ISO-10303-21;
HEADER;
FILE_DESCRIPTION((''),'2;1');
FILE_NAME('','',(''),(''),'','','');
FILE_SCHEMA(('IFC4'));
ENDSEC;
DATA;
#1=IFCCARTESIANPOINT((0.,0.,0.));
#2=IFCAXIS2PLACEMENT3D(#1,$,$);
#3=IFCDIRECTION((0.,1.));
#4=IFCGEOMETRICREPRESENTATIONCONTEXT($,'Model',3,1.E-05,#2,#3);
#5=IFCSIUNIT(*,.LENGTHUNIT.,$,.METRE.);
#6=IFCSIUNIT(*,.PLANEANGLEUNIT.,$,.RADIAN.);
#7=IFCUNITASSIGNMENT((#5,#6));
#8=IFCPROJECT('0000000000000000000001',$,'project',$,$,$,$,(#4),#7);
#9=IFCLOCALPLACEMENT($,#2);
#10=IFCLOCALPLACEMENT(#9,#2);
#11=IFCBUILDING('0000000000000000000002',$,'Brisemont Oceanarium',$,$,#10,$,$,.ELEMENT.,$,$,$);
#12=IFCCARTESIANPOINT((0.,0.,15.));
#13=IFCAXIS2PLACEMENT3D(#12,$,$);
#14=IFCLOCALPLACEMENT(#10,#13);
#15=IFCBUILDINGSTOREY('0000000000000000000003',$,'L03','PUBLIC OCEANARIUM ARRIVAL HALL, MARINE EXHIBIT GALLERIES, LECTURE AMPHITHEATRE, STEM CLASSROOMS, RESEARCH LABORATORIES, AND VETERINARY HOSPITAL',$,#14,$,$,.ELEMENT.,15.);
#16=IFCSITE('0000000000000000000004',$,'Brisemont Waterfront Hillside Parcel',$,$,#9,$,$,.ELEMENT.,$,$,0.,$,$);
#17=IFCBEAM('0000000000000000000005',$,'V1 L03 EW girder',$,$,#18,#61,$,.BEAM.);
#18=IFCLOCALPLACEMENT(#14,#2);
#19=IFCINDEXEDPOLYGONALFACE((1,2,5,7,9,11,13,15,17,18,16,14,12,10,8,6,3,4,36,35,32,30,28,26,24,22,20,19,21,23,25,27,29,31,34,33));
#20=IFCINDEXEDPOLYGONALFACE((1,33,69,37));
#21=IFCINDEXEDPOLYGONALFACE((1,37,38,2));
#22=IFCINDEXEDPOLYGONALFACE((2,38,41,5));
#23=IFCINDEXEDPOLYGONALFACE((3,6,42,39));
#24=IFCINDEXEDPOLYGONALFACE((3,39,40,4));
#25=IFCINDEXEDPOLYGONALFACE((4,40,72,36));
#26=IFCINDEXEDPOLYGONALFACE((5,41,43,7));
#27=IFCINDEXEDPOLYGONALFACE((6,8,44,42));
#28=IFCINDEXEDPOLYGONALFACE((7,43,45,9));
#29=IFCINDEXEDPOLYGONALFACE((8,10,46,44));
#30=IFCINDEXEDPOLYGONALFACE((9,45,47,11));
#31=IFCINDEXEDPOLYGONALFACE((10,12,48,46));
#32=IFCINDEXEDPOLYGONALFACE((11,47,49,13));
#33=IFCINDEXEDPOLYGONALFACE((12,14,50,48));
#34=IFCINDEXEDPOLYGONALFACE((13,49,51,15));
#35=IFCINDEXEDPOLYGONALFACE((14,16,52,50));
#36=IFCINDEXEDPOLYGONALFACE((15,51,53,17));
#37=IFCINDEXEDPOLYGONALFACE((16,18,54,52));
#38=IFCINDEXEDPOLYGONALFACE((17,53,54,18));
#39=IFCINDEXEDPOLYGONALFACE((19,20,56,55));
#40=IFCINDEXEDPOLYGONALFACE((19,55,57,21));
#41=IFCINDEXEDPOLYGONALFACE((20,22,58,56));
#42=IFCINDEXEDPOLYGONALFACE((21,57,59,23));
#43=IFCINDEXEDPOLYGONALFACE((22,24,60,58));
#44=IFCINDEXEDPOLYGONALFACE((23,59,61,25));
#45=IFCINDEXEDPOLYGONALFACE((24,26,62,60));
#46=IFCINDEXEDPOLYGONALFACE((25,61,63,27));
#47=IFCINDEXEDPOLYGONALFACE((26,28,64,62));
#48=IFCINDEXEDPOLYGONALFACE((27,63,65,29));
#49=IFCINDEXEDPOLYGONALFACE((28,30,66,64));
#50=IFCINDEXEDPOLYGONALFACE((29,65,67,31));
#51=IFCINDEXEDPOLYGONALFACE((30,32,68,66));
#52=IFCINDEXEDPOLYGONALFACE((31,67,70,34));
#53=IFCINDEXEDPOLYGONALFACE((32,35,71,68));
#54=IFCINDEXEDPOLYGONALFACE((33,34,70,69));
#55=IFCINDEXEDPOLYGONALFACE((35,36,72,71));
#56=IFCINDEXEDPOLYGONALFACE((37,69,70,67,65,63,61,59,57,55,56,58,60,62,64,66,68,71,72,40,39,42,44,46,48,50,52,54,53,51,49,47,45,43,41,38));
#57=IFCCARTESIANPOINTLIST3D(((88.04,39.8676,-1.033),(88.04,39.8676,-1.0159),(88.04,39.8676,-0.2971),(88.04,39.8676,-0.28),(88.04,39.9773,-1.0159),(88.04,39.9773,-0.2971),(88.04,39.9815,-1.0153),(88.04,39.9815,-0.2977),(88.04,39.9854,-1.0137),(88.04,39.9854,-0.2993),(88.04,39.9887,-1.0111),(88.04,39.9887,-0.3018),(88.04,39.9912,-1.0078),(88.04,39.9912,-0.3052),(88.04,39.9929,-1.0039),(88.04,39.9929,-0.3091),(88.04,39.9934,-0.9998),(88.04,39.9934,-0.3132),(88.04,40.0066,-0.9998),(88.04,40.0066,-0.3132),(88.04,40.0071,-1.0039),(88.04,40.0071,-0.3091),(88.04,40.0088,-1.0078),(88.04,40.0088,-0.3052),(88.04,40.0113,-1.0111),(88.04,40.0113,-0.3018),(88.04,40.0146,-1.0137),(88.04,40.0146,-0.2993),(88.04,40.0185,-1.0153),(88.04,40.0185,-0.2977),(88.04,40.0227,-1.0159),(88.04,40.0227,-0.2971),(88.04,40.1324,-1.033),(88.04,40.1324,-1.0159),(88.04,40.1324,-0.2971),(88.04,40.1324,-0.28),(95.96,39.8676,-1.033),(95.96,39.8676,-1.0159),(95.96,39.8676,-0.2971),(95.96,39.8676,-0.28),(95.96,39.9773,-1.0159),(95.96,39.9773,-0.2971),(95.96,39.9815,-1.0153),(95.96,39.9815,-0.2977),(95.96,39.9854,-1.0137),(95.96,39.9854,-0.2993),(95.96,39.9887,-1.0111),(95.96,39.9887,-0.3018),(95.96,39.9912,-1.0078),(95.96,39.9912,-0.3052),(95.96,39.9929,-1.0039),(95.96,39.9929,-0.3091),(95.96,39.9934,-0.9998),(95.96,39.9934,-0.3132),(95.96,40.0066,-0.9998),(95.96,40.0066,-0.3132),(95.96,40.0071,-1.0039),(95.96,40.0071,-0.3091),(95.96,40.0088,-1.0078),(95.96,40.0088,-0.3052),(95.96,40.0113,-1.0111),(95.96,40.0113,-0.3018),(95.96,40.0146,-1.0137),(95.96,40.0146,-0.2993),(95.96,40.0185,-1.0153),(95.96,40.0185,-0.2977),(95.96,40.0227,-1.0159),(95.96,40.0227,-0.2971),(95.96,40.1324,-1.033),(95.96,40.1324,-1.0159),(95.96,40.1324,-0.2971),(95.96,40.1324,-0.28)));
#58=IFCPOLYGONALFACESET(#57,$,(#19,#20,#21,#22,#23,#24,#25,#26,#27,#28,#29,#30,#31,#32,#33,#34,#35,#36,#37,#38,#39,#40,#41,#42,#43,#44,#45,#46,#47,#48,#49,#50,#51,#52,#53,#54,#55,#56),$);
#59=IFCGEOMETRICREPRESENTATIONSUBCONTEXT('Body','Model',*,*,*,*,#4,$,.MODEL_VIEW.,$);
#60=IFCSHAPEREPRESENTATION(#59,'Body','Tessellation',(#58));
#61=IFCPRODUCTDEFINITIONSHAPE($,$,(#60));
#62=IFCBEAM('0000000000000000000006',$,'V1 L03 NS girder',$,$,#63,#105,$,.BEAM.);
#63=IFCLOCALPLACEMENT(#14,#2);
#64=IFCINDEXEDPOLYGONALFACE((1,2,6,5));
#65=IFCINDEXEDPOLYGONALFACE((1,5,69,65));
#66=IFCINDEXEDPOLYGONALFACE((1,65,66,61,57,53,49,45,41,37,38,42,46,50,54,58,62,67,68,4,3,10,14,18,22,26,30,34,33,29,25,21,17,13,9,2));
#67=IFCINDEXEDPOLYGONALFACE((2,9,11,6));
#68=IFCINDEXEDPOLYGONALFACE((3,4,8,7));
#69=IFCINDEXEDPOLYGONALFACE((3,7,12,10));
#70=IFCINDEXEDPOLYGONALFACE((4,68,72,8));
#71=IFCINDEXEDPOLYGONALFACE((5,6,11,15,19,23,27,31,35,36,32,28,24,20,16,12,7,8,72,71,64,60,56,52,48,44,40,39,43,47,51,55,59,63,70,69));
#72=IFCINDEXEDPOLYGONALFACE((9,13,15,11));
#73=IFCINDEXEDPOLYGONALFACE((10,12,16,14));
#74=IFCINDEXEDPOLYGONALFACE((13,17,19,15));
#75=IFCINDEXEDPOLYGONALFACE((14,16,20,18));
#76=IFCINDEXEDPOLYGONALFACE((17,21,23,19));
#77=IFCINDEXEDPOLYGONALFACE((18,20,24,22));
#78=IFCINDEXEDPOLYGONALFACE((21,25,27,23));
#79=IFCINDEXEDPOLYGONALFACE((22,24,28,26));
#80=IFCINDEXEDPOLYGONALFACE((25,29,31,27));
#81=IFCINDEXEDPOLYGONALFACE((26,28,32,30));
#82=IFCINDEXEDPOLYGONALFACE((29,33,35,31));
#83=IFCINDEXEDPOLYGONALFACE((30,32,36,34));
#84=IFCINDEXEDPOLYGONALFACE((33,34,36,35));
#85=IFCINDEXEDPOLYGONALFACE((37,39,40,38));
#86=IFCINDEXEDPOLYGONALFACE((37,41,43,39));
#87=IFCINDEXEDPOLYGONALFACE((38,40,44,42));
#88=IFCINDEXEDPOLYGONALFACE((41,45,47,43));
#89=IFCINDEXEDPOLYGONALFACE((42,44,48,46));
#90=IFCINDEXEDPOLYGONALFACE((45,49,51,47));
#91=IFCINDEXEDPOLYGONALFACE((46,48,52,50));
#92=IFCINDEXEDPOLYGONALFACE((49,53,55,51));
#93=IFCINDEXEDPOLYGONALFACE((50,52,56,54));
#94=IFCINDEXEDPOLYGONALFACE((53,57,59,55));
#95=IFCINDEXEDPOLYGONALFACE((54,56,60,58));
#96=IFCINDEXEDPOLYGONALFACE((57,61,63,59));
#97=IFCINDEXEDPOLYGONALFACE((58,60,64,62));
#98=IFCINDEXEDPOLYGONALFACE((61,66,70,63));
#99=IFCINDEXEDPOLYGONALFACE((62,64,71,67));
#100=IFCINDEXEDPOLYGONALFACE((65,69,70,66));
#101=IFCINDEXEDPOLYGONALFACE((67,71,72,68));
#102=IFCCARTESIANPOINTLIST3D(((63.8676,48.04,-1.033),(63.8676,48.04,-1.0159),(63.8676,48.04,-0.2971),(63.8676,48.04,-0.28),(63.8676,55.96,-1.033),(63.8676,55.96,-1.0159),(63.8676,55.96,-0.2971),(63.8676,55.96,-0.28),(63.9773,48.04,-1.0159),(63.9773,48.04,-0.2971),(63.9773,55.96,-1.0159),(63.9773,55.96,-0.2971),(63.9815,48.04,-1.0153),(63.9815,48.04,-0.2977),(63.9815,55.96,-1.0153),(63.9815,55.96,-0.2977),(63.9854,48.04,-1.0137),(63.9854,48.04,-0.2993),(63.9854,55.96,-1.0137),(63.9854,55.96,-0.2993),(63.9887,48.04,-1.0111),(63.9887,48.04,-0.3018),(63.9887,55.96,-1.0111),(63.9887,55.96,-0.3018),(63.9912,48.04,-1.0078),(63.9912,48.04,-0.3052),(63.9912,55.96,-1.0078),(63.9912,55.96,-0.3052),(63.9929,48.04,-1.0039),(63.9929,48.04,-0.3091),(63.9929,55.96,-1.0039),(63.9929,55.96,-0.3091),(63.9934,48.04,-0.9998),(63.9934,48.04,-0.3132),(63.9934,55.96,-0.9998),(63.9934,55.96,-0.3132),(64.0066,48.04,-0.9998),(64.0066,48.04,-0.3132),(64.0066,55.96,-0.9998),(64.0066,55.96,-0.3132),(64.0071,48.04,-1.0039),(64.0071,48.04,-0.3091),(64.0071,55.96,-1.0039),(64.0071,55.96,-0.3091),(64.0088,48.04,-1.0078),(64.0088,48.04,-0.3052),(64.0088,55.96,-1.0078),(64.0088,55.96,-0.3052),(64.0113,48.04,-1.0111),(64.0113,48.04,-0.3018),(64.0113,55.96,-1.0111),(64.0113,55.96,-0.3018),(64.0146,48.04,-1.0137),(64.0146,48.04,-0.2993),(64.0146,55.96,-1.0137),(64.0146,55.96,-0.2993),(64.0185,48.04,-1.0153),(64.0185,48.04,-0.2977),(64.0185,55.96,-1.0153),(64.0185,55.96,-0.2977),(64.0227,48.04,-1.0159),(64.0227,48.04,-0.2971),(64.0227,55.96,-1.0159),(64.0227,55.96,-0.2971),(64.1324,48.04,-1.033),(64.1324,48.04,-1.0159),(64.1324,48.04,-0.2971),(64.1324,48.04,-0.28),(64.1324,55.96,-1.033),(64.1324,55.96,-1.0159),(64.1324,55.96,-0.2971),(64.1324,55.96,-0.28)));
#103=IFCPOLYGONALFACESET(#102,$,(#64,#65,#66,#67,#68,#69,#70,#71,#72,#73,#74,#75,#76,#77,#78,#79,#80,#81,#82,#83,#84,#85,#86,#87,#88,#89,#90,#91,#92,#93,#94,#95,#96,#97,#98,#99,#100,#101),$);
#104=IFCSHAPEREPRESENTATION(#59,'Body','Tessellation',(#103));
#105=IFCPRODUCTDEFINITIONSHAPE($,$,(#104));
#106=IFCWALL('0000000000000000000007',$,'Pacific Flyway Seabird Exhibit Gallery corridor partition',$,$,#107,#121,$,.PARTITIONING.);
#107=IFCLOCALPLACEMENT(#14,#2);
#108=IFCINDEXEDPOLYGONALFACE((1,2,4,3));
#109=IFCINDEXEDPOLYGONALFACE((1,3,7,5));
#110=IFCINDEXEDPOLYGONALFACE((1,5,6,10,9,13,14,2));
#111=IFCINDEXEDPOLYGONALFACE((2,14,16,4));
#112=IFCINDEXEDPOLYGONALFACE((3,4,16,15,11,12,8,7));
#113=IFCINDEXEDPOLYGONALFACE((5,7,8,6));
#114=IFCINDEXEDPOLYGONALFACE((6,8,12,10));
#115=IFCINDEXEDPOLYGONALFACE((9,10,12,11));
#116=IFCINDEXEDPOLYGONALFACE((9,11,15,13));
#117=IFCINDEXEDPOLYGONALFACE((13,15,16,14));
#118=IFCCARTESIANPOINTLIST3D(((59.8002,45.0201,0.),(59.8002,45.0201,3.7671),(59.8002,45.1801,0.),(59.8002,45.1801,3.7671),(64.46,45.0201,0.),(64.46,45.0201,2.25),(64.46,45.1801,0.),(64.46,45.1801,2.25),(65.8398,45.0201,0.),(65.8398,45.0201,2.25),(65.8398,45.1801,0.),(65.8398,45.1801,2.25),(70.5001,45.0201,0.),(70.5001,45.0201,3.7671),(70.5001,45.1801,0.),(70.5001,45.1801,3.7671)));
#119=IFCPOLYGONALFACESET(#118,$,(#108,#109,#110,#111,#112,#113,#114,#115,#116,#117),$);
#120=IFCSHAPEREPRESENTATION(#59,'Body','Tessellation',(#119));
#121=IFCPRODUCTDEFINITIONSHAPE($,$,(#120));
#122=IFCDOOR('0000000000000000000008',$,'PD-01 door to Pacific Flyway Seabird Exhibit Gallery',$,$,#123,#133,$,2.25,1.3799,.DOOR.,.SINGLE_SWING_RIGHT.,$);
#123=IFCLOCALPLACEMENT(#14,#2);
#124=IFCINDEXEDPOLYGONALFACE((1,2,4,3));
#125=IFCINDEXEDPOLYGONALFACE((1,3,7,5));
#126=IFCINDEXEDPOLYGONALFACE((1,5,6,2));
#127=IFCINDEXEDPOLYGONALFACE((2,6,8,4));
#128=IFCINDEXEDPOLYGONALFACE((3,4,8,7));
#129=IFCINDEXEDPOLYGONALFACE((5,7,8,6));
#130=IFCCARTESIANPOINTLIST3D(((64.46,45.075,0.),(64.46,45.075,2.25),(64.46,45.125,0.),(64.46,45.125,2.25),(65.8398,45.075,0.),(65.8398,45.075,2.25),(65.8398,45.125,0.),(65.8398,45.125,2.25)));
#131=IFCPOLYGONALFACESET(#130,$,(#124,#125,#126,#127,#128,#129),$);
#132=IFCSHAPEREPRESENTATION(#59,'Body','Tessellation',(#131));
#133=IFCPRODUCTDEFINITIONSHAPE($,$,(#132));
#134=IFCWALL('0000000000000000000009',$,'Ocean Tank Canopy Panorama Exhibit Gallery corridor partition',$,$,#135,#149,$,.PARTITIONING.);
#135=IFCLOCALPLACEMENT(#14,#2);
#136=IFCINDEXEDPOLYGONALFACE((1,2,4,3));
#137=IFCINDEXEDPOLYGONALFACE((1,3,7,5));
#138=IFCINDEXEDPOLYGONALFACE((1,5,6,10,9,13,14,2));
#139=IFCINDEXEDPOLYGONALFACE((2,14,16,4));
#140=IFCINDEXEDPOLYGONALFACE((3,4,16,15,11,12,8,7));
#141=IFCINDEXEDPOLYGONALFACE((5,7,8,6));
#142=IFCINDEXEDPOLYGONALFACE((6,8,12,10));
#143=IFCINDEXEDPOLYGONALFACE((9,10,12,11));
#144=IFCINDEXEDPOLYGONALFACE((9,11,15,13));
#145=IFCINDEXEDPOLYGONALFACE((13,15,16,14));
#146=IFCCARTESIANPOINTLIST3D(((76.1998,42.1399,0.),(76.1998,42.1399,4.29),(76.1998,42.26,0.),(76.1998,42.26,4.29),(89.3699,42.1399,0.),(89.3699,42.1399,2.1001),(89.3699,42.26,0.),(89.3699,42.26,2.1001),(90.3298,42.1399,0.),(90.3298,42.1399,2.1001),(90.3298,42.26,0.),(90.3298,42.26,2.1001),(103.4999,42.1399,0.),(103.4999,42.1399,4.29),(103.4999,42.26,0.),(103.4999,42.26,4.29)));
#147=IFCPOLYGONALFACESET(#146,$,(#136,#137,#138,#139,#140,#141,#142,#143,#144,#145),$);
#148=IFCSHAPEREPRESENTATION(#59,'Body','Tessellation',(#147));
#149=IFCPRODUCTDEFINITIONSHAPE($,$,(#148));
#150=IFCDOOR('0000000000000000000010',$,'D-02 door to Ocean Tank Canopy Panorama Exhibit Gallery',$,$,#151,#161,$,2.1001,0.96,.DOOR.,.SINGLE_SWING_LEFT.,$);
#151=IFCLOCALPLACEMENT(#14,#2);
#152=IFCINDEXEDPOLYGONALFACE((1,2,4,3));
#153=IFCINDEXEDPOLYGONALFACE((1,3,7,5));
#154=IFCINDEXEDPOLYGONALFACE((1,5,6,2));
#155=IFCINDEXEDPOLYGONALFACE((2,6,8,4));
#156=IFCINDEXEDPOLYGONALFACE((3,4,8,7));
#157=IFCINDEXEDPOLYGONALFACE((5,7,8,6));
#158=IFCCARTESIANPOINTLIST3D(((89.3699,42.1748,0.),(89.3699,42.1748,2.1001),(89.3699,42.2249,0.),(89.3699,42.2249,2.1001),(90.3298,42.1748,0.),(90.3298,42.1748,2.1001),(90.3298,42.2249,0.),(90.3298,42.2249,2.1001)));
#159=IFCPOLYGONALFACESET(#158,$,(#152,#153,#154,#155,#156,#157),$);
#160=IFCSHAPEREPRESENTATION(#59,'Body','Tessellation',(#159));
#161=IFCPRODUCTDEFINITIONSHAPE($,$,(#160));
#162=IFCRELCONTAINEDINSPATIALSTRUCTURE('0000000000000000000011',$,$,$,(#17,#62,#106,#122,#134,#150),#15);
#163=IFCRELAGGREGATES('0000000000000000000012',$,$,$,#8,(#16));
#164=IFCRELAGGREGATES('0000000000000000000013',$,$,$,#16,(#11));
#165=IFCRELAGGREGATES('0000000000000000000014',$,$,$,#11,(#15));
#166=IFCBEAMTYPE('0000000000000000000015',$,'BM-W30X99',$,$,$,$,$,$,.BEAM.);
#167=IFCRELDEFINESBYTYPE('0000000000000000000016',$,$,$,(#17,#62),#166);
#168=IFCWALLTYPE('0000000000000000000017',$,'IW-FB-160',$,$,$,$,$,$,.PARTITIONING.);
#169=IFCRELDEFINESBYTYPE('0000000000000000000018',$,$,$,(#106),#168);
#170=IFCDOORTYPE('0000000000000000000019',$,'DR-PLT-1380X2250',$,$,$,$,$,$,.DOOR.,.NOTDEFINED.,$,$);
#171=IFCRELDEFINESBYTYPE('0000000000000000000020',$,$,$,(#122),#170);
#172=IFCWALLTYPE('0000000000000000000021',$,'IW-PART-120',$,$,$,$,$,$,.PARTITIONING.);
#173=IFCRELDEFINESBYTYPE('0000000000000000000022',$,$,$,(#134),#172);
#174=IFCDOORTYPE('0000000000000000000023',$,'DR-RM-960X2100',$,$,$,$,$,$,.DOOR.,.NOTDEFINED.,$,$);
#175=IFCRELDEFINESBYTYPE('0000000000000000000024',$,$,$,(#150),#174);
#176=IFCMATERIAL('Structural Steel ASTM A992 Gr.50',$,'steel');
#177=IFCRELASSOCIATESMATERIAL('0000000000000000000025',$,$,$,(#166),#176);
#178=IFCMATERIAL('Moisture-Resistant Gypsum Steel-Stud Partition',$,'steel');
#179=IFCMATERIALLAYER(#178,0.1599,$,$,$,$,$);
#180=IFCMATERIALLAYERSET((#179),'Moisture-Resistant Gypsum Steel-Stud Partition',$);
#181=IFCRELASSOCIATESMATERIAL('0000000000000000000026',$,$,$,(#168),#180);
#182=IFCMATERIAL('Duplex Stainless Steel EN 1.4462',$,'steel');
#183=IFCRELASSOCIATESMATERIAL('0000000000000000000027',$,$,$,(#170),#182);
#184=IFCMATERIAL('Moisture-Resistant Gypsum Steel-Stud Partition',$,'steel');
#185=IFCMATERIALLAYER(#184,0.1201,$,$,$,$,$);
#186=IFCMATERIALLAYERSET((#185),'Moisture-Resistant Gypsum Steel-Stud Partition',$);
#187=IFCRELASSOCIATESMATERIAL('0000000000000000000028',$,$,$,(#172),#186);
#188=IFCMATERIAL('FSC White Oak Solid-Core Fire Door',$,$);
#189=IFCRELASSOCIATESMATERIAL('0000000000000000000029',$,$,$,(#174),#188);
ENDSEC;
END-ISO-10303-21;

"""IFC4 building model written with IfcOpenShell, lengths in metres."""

from ifc_helpers import new_model, si_unit, direction, frame, frame_2d, origin, origin_2d, place, context, subcontext, project, spatial, rectangle, i_section, extrude, material, layer, layer_set, material_profile, profile_set, type_object, element, fill, save


model = new_model("IFC4")

# Units and contexts
model_context = context("Model", 3, precision=1e-05, world=origin(), true_north=direction((0.0, 1.0)))
body_context = subcontext(model_context, "Body", "Model", "MODEL_VIEW")
ifc_project = project(units=[si_unit("LENGTHUNIT", "METRE"), si_unit("PLANEANGLEUNIT", "RADIAN")], contexts=[model_context])

# Site, building, storey
site_placement = place(None, origin())
site = spatial("IfcSite", under=ifc_project, at=site_placement, Name="Brisemont Waterfront Hillside Parcel", CompositionType="ELEMENT", RefElevation=0.0)
building_placement = place(site_placement, origin())
building = spatial("IfcBuilding", under=site, at=building_placement, Name="Brisemont Oceanarium", CompositionType="ELEMENT")
storey_placement = place(building_placement, frame((0.0, 0.0, 15.0)))
storey = spatial("IfcBuildingStorey", under=building, at=storey_placement, Name="L03", Description="PUBLIC OCEANARIUM ARRIVAL HALL, MARINE EXHIBIT GALLERIES, LECTURE AMPHITHEATRE, STEM CLASSROOMS, RESEARCH LABORATORIES, AND VETERINARY HOSPITAL", CompositionType="ELEMENT", Elevation=15.0)

# Beams
ifc_material_1 = material(Name="Structural Steel ASTM A992 Gr.50", Category="steel")
ifc_material_profile_1 = material_profile(ifc_material_1, i_section(OverallWidth=0.2649, OverallDepth=0.7529, WebThickness=0.0132, FlangeThickness=0.0171, FilletRadius=0.0161, at=origin_2d()), Name="W30X99")
ifc_profile_set_1 = profile_set([ifc_material_profile_1], Name="Structural Steel ASTM A992 Gr.50")
beam_type_1 = type_object("IfcBeamType", Name="BM-W30X99", PredefinedType="BEAM", material=ifc_profile_set_1)
for number, where, z_axis, x_axis, name in (
    (1, (88.04, 40.0, -0.6565), (1.0, 0.0, 0.0), (0.0, 1.0, 0.0), "V1 L03 EW girder"),
    (2, (64.0, 48.04, -0.6565), (0.0, 1.0, 0.0), (-1.0, 0.0, 0.0), "V1 L03 NS girder"),
):
    element("IfcBeam", number, at=place(storey_placement, frame(where, z_axis=z_axis, x_axis=x_axis)), inside=storey, type_object=beam_type_1, Name=name, PredefinedType="BEAM", context=body_context, shape_type="SweptSolid", body=[
        extrude(i_section(OverallWidth=0.2649, OverallDepth=0.7529, WebThickness=0.0132, FlangeThickness=0.0171, FilletRadius=0.0161, at=origin_2d()), origin(), (0.0, 0.0, 1.0), 7.9199),
    ])

# Walls, openings, doors
ifc_material_2 = material(Name="Moisture-Resistant Gypsum Steel-Stud Partition", Category="steel")
ifc_layer_1 = layer(ifc_material_2, 0.1599)
ifc_layer_set_1 = layer_set([ifc_layer_1], Name="Moisture-Resistant Gypsum Steel-Stud Partition")
wall_type_1 = type_object("IfcWallType", Name="IW-FB-160", PredefinedType="PARTITIONING", material=ifc_layer_set_1)
wall_1_placement = place(storey_placement, frame((59.8, 45.1001, 0.0), z_axis=(0.0, 0.0, 1.0), x_axis=(1.0, 0.0, 0.0)))
wall_1 = element("IfcWall", 3, at=wall_1_placement, inside=storey, type_object=wall_type_1, Name="Pacific Flyway Seabird Exhibit Gallery corridor partition", PredefinedType="PARTITIONING", context=body_context, shape_type="SweptSolid", body=[
    extrude(rectangle(XDim=10.7, YDim=0.1599, at=frame_2d((5.3501, 0.0))), origin(), (0.0, 0.0, 1.0), 3.7671),
])
opening_1_placement = place(wall_1_placement, frame((4.6599, 0.0, 0.0)))
opening_1 = element("IfcOpeningElement", 4, at=opening_1_placement, cuts=wall_1, PredefinedType="OPENING", context=body_context, shape_type="SweptSolid", body=[
    extrude(rectangle(XDim=1.3799, YDim=2.25, at=frame_2d((0.6899, 1.125))), frame((0.0, 0.0898, 0.0), z_axis=(0.0, -1.0, 0.0), x_axis=(1.0, 0.0, 0.0)), (0.0, 0.0, 1.0), 0.1799),
])
ifc_material_3 = material(Name="Duplex Stainless Steel EN 1.4462", Category="steel")
door_type_1 = type_object("IfcDoorType", Name="DR-PLT-1380X2250", OperationType="NOTDEFINED", PredefinedType="DOOR", material=ifc_material_3)
door_1_placement = place(opening_1_placement, origin())
door_1 = element("IfcDoor", 5, at=door_1_placement, inside=storey, type_object=door_type_1, Name="PD-01 door to Pacific Flyway Seabird Exhibit Gallery", OperationType="SINGLE_SWING_RIGHT", OverallHeight=2.25, OverallWidth=1.3799, PredefinedType="DOOR", context=body_context, shape_type="SweptSolid", body=[
    extrude(rectangle(XDim=1.3799, YDim=2.25, at=frame_2d((0.6899, 1.125))), frame((0.0, 0.0249, 0.0), z_axis=(0.0, -1.0, 0.0), x_axis=(1.0, 0.0, 0.0)), (0.0, 0.0, 1.0), 0.05),
])
fill(opening_1, door_1)
ifc_material_4 = material(Name="Moisture-Resistant Gypsum Steel-Stud Partition", Category="steel")
ifc_layer_2 = layer(ifc_material_4, 0.1201)
ifc_layer_set_2 = layer_set([ifc_layer_2], Name="Moisture-Resistant Gypsum Steel-Stud Partition")
wall_type_2 = type_object("IfcWallType", Name="IW-PART-120", PredefinedType="PARTITIONING", material=ifc_layer_set_2)
wall_2_placement = place(storey_placement, frame((76.2, 42.2, 0.0), z_axis=(0.0, 0.0, 1.0), x_axis=(1.0, 0.0, 0.0)))
wall_2 = element("IfcWall", 6, at=wall_2_placement, inside=storey, type_object=wall_type_2, Name="Ocean Tank Canopy Panorama Exhibit Gallery corridor partition", PredefinedType="PARTITIONING", context=body_context, shape_type="SweptSolid", body=[
    extrude(rectangle(XDim=27.3, YDim=0.1201, at=frame_2d((13.6499, 0.0))), origin(), (0.0, 0.0, 1.0), 4.29),
])
opening_2_placement = place(wall_2_placement, frame((13.1699, 0.0, 0.0)))
opening_2 = element("IfcOpeningElement", 7, at=opening_2_placement, cuts=wall_2, PredefinedType="OPENING", context=body_context, shape_type="SweptSolid", body=[
    extrude(rectangle(XDim=0.96, YDim=2.1001, at=frame_2d((0.48, 1.05))), frame((0.0, 0.0701, 0.0), z_axis=(0.0, -1.0, 0.0), x_axis=(1.0, 0.0, 0.0)), (0.0, 0.0, 1.0), 0.1401),
])
ifc_material_5 = material(Name="FSC White Oak Solid-Core Fire Door")
door_type_2 = type_object("IfcDoorType", Name="DR-RM-960X2100", OperationType="NOTDEFINED", PredefinedType="DOOR", material=ifc_material_5)
door_2_placement = place(opening_2_placement, origin())
door_2 = element("IfcDoor", 8, at=door_2_placement, inside=storey, type_object=door_type_2, Name="D-02 door to Ocean Tank Canopy Panorama Exhibit Gallery", OperationType="SINGLE_SWING_LEFT", OverallHeight=2.1001, OverallWidth=0.96, PredefinedType="DOOR", context=body_context, shape_type="SweptSolid", body=[
    extrude(rectangle(XDim=0.96, YDim=2.1001, at=frame_2d((0.48, 1.05))), frame((0.0, 0.0249, 0.0), z_axis=(0.0, -1.0, 0.0), x_axis=(1.0, 0.0, 0.0)), (0.0, 0.0, 1.0), 0.05),
])
fill(opening_2, door_2)

save(model, "model.ifc")
